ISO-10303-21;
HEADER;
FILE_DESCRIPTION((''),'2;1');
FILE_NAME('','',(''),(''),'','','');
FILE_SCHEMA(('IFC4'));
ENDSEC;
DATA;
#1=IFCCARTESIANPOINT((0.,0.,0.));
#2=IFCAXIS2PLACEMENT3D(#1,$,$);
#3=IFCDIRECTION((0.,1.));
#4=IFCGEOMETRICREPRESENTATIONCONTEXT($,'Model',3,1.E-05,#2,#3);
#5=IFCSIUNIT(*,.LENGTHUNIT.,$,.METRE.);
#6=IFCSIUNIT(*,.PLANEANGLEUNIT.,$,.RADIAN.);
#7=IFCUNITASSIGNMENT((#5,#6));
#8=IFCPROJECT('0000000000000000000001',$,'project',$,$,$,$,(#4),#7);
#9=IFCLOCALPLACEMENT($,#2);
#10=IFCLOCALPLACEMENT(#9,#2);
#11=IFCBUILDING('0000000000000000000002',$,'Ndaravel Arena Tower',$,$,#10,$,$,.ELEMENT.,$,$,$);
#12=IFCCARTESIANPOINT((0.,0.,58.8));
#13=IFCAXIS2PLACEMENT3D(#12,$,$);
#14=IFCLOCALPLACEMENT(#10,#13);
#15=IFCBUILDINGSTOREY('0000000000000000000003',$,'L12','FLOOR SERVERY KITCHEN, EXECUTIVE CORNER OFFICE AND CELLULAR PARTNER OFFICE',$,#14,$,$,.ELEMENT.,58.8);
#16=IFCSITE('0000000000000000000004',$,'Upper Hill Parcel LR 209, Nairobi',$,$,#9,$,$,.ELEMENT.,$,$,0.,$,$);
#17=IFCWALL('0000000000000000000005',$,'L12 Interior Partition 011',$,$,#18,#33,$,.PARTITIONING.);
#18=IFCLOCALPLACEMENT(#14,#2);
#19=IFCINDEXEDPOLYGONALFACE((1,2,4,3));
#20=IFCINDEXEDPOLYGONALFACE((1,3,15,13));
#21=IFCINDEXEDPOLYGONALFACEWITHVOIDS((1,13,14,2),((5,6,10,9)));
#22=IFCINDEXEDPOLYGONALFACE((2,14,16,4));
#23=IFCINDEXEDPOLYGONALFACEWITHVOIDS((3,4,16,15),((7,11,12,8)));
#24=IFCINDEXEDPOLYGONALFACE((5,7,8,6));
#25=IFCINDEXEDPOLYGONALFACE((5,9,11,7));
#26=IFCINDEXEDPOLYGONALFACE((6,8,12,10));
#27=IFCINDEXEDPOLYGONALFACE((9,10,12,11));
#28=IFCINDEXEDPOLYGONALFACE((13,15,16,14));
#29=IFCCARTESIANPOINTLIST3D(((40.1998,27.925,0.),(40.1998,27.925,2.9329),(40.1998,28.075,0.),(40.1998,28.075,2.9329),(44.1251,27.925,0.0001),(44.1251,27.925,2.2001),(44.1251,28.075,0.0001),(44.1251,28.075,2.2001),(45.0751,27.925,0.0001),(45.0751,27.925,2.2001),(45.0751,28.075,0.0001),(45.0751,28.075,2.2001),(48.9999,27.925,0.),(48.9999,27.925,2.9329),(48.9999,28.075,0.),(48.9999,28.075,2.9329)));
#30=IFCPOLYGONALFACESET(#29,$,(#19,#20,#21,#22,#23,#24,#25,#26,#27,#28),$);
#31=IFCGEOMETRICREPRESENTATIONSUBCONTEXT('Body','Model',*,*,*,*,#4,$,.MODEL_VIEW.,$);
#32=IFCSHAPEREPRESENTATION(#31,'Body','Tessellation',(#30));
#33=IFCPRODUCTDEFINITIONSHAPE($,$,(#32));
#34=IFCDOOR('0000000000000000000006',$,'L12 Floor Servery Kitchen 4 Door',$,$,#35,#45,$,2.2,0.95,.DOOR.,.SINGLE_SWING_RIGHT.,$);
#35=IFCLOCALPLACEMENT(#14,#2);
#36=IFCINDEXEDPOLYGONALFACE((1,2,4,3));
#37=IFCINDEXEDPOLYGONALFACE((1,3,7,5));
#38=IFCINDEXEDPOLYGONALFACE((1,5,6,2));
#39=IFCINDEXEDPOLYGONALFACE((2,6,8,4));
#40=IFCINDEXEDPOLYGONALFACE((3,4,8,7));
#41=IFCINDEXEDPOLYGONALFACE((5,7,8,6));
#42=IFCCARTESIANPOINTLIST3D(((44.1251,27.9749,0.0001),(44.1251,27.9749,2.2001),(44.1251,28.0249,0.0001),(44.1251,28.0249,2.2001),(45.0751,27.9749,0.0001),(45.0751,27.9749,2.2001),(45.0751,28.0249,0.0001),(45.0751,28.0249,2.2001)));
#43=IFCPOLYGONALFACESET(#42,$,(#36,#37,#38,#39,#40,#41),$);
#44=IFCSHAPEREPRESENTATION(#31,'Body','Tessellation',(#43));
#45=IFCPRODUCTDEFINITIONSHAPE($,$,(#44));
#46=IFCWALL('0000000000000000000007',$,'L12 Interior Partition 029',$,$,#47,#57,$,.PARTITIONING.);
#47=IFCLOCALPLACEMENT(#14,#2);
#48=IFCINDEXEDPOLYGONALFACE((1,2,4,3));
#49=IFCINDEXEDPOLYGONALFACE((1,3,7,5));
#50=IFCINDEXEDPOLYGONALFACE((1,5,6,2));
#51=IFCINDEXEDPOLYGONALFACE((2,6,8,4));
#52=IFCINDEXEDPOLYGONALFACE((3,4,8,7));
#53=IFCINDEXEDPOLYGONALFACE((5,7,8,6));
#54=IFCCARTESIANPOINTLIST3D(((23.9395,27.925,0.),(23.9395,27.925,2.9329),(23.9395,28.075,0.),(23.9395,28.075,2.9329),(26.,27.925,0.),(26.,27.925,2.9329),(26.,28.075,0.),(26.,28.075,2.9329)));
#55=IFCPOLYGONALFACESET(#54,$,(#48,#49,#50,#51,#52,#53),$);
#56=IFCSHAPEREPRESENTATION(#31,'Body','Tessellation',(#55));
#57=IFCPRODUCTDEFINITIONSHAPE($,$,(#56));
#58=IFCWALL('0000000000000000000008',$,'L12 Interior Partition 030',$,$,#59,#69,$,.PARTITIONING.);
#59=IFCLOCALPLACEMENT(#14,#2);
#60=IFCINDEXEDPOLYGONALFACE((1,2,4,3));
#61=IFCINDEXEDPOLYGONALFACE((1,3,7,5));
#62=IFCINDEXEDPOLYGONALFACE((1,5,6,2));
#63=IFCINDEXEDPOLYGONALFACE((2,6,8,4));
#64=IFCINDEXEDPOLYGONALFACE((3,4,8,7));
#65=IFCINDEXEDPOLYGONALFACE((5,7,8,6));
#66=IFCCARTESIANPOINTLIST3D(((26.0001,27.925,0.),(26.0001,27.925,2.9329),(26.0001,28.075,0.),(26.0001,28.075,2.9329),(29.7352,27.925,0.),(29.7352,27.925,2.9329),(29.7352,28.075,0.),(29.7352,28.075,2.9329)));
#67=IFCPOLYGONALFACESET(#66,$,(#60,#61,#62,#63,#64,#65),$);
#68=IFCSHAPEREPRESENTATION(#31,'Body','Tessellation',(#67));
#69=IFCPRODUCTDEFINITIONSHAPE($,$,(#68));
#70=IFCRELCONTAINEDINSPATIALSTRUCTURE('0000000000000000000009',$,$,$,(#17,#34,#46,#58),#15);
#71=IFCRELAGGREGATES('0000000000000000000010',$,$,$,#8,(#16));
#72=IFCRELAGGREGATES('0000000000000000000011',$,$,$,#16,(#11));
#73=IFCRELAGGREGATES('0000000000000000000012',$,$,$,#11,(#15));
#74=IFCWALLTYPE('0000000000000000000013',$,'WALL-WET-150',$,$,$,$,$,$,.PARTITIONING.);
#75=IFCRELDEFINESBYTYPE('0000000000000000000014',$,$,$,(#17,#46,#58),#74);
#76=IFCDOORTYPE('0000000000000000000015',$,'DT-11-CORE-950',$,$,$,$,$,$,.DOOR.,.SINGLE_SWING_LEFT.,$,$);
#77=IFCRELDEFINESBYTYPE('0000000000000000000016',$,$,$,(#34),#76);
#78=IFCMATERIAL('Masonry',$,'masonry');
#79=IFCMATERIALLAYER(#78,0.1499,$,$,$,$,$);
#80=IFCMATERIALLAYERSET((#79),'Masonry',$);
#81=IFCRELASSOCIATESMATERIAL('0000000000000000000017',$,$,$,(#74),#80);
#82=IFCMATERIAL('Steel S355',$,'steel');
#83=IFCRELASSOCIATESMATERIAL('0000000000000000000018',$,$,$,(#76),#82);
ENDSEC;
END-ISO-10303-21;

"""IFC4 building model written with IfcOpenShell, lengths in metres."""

from ifc_helpers import new_model, si_unit, direction, frame, frame_2d, origin, place, context, subcontext, project, spatial, rectangle, extrude, material, layer, layer_set, type_object, element, fill, save


model = new_model("IFC4")

# Units and contexts
model_context = context("Model", 3, precision=1e-05, world=origin(), true_north=direction((0.0, 1.0)))
body_context = subcontext(model_context, "Body", "Model", "MODEL_VIEW")
ifc_project = project(units=[si_unit("LENGTHUNIT", "METRE"), si_unit("PLANEANGLEUNIT", "RADIAN")], contexts=[model_context])

# Site, building, storey
site_placement = place(None, origin())
site = spatial("IfcSite", under=ifc_project, at=site_placement, Name="Upper Hill Parcel LR 209, Nairobi", CompositionType="ELEMENT", RefElevation=0.0)
building_placement = place(site_placement, origin())
building = spatial("IfcBuilding", under=site, at=building_placement, Name="Ndaravel Arena Tower", CompositionType="ELEMENT")
storey_placement = place(building_placement, frame((0.0, 0.0, 58.8)))
storey = spatial("IfcBuildingStorey", under=building, at=storey_placement, Name="L12", Description="FLOOR SERVERY KITCHEN, EXECUTIVE CORNER OFFICE AND CELLULAR PARTNER OFFICE", CompositionType="ELEMENT", Elevation=58.8)

# Shared definitions
ifc_material_1 = material(Name="Masonry", Category="masonry")
ifc_layer_1 = layer(ifc_material_1, 0.1499)
ifc_layer_set_1 = layer_set([ifc_layer_1], Name="Masonry")
wall_type_1 = type_object("IfcWallType", Name="WALL-WET-150", PredefinedType="PARTITIONING", material=ifc_layer_set_1)
ifc_material_2 = material(Name="Steel S355", Category="steel")
door_type_1 = type_object("IfcDoorType", Name="DT-11-CORE-950", OperationType="SINGLE_SWING_LEFT", PredefinedType="DOOR", material=ifc_material_2)

# Wall, opening, door
wall_1_placement = place(storey_placement, frame((40.2, 28.0, 0.0), z_axis=(0.0, 0.0, 1.0), x_axis=(1.0, 0.0, 0.0)))
wall_1 = element("IfcWall", 1, at=wall_1_placement, inside=storey, type_object=wall_type_1, Name="L12 Interior Partition 011", PredefinedType="PARTITIONING", context=body_context, shape_type="SweptSolid", body=[
    extrude(rectangle(XDim=8.8, YDim=0.1499, at=frame_2d((4.3999, 0.0))), origin(), (0.0, 0.0, 1.0), 2.9329),
])
opening_1_placement = place(wall_1_placement, frame((3.925, 0.0, 0.0)))
opening_1 = element("IfcOpeningElement", 2, at=opening_1_placement, cuts=wall_1, PredefinedType="OPENING", context=body_context, shape_type="SweptSolid", body=[
    extrude(rectangle(XDim=0.95, YDim=2.2, at=frame_2d((0.4751, 1.1001))), frame((0.0, 0.075, 0.0), z_axis=(0.0, -1.0, 0.0), x_axis=(1.0, 0.0, 0.0)), (0.0, 0.0, 1.0), 0.1499),
])
door_1_placement = place(opening_1_placement, origin())
door_1 = element("IfcDoor", 3, at=door_1_placement, inside=storey, type_object=door_type_1, Name="L12 Floor Servery Kitchen 4 Door", OperationType="SINGLE_SWING_RIGHT", OverallHeight=2.2, OverallWidth=0.95, PredefinedType="DOOR", context=body_context, shape_type="SweptSolid", body=[
    extrude(rectangle(XDim=0.95, YDim=2.2, at=frame_2d((0.4751, 1.1001))), frame((0.0, 0.0249, 0.0), z_axis=(0.0, -1.0, 0.0), x_axis=(1.0, 0.0, 0.0)), (0.0, 0.0, 1.0), 0.05),
])
fill(opening_1, door_1)

# Walls
wall_2_placement = place(storey_placement, frame((23.9395, 28.0, 0.0), z_axis=(0.0, 0.0, 1.0), x_axis=(1.0, 0.0, 0.0)))
element("IfcWall", 4, at=wall_2_placement, inside=storey, type_object=wall_type_1, Name="L12 Interior Partition 029", PredefinedType="PARTITIONING", context=body_context, shape_type="SweptSolid", body=[
    extrude(rectangle(XDim=2.0605, YDim=0.1499, at=frame_2d((1.0303, 0.0))), origin(), (0.0, 0.0, 1.0), 2.9329),
])
wall_3_placement = place(storey_placement, frame((26.0, 28.0, 0.0), z_axis=(0.0, 0.0, 1.0), x_axis=(1.0, 0.0, 0.0)))
element("IfcWall", 5, at=wall_3_placement, inside=storey, type_object=wall_type_1, Name="L12 Interior Partition 030", PredefinedType="PARTITIONING", context=body_context, shape_type="SweptSolid", body=[
    extrude(rectangle(XDim=3.7351, YDim=0.1499, at=frame_2d((1.8677, 0.0))), origin(), (0.0, 0.0, 1.0), 2.9329),
])

save(model, "model.ifc")
